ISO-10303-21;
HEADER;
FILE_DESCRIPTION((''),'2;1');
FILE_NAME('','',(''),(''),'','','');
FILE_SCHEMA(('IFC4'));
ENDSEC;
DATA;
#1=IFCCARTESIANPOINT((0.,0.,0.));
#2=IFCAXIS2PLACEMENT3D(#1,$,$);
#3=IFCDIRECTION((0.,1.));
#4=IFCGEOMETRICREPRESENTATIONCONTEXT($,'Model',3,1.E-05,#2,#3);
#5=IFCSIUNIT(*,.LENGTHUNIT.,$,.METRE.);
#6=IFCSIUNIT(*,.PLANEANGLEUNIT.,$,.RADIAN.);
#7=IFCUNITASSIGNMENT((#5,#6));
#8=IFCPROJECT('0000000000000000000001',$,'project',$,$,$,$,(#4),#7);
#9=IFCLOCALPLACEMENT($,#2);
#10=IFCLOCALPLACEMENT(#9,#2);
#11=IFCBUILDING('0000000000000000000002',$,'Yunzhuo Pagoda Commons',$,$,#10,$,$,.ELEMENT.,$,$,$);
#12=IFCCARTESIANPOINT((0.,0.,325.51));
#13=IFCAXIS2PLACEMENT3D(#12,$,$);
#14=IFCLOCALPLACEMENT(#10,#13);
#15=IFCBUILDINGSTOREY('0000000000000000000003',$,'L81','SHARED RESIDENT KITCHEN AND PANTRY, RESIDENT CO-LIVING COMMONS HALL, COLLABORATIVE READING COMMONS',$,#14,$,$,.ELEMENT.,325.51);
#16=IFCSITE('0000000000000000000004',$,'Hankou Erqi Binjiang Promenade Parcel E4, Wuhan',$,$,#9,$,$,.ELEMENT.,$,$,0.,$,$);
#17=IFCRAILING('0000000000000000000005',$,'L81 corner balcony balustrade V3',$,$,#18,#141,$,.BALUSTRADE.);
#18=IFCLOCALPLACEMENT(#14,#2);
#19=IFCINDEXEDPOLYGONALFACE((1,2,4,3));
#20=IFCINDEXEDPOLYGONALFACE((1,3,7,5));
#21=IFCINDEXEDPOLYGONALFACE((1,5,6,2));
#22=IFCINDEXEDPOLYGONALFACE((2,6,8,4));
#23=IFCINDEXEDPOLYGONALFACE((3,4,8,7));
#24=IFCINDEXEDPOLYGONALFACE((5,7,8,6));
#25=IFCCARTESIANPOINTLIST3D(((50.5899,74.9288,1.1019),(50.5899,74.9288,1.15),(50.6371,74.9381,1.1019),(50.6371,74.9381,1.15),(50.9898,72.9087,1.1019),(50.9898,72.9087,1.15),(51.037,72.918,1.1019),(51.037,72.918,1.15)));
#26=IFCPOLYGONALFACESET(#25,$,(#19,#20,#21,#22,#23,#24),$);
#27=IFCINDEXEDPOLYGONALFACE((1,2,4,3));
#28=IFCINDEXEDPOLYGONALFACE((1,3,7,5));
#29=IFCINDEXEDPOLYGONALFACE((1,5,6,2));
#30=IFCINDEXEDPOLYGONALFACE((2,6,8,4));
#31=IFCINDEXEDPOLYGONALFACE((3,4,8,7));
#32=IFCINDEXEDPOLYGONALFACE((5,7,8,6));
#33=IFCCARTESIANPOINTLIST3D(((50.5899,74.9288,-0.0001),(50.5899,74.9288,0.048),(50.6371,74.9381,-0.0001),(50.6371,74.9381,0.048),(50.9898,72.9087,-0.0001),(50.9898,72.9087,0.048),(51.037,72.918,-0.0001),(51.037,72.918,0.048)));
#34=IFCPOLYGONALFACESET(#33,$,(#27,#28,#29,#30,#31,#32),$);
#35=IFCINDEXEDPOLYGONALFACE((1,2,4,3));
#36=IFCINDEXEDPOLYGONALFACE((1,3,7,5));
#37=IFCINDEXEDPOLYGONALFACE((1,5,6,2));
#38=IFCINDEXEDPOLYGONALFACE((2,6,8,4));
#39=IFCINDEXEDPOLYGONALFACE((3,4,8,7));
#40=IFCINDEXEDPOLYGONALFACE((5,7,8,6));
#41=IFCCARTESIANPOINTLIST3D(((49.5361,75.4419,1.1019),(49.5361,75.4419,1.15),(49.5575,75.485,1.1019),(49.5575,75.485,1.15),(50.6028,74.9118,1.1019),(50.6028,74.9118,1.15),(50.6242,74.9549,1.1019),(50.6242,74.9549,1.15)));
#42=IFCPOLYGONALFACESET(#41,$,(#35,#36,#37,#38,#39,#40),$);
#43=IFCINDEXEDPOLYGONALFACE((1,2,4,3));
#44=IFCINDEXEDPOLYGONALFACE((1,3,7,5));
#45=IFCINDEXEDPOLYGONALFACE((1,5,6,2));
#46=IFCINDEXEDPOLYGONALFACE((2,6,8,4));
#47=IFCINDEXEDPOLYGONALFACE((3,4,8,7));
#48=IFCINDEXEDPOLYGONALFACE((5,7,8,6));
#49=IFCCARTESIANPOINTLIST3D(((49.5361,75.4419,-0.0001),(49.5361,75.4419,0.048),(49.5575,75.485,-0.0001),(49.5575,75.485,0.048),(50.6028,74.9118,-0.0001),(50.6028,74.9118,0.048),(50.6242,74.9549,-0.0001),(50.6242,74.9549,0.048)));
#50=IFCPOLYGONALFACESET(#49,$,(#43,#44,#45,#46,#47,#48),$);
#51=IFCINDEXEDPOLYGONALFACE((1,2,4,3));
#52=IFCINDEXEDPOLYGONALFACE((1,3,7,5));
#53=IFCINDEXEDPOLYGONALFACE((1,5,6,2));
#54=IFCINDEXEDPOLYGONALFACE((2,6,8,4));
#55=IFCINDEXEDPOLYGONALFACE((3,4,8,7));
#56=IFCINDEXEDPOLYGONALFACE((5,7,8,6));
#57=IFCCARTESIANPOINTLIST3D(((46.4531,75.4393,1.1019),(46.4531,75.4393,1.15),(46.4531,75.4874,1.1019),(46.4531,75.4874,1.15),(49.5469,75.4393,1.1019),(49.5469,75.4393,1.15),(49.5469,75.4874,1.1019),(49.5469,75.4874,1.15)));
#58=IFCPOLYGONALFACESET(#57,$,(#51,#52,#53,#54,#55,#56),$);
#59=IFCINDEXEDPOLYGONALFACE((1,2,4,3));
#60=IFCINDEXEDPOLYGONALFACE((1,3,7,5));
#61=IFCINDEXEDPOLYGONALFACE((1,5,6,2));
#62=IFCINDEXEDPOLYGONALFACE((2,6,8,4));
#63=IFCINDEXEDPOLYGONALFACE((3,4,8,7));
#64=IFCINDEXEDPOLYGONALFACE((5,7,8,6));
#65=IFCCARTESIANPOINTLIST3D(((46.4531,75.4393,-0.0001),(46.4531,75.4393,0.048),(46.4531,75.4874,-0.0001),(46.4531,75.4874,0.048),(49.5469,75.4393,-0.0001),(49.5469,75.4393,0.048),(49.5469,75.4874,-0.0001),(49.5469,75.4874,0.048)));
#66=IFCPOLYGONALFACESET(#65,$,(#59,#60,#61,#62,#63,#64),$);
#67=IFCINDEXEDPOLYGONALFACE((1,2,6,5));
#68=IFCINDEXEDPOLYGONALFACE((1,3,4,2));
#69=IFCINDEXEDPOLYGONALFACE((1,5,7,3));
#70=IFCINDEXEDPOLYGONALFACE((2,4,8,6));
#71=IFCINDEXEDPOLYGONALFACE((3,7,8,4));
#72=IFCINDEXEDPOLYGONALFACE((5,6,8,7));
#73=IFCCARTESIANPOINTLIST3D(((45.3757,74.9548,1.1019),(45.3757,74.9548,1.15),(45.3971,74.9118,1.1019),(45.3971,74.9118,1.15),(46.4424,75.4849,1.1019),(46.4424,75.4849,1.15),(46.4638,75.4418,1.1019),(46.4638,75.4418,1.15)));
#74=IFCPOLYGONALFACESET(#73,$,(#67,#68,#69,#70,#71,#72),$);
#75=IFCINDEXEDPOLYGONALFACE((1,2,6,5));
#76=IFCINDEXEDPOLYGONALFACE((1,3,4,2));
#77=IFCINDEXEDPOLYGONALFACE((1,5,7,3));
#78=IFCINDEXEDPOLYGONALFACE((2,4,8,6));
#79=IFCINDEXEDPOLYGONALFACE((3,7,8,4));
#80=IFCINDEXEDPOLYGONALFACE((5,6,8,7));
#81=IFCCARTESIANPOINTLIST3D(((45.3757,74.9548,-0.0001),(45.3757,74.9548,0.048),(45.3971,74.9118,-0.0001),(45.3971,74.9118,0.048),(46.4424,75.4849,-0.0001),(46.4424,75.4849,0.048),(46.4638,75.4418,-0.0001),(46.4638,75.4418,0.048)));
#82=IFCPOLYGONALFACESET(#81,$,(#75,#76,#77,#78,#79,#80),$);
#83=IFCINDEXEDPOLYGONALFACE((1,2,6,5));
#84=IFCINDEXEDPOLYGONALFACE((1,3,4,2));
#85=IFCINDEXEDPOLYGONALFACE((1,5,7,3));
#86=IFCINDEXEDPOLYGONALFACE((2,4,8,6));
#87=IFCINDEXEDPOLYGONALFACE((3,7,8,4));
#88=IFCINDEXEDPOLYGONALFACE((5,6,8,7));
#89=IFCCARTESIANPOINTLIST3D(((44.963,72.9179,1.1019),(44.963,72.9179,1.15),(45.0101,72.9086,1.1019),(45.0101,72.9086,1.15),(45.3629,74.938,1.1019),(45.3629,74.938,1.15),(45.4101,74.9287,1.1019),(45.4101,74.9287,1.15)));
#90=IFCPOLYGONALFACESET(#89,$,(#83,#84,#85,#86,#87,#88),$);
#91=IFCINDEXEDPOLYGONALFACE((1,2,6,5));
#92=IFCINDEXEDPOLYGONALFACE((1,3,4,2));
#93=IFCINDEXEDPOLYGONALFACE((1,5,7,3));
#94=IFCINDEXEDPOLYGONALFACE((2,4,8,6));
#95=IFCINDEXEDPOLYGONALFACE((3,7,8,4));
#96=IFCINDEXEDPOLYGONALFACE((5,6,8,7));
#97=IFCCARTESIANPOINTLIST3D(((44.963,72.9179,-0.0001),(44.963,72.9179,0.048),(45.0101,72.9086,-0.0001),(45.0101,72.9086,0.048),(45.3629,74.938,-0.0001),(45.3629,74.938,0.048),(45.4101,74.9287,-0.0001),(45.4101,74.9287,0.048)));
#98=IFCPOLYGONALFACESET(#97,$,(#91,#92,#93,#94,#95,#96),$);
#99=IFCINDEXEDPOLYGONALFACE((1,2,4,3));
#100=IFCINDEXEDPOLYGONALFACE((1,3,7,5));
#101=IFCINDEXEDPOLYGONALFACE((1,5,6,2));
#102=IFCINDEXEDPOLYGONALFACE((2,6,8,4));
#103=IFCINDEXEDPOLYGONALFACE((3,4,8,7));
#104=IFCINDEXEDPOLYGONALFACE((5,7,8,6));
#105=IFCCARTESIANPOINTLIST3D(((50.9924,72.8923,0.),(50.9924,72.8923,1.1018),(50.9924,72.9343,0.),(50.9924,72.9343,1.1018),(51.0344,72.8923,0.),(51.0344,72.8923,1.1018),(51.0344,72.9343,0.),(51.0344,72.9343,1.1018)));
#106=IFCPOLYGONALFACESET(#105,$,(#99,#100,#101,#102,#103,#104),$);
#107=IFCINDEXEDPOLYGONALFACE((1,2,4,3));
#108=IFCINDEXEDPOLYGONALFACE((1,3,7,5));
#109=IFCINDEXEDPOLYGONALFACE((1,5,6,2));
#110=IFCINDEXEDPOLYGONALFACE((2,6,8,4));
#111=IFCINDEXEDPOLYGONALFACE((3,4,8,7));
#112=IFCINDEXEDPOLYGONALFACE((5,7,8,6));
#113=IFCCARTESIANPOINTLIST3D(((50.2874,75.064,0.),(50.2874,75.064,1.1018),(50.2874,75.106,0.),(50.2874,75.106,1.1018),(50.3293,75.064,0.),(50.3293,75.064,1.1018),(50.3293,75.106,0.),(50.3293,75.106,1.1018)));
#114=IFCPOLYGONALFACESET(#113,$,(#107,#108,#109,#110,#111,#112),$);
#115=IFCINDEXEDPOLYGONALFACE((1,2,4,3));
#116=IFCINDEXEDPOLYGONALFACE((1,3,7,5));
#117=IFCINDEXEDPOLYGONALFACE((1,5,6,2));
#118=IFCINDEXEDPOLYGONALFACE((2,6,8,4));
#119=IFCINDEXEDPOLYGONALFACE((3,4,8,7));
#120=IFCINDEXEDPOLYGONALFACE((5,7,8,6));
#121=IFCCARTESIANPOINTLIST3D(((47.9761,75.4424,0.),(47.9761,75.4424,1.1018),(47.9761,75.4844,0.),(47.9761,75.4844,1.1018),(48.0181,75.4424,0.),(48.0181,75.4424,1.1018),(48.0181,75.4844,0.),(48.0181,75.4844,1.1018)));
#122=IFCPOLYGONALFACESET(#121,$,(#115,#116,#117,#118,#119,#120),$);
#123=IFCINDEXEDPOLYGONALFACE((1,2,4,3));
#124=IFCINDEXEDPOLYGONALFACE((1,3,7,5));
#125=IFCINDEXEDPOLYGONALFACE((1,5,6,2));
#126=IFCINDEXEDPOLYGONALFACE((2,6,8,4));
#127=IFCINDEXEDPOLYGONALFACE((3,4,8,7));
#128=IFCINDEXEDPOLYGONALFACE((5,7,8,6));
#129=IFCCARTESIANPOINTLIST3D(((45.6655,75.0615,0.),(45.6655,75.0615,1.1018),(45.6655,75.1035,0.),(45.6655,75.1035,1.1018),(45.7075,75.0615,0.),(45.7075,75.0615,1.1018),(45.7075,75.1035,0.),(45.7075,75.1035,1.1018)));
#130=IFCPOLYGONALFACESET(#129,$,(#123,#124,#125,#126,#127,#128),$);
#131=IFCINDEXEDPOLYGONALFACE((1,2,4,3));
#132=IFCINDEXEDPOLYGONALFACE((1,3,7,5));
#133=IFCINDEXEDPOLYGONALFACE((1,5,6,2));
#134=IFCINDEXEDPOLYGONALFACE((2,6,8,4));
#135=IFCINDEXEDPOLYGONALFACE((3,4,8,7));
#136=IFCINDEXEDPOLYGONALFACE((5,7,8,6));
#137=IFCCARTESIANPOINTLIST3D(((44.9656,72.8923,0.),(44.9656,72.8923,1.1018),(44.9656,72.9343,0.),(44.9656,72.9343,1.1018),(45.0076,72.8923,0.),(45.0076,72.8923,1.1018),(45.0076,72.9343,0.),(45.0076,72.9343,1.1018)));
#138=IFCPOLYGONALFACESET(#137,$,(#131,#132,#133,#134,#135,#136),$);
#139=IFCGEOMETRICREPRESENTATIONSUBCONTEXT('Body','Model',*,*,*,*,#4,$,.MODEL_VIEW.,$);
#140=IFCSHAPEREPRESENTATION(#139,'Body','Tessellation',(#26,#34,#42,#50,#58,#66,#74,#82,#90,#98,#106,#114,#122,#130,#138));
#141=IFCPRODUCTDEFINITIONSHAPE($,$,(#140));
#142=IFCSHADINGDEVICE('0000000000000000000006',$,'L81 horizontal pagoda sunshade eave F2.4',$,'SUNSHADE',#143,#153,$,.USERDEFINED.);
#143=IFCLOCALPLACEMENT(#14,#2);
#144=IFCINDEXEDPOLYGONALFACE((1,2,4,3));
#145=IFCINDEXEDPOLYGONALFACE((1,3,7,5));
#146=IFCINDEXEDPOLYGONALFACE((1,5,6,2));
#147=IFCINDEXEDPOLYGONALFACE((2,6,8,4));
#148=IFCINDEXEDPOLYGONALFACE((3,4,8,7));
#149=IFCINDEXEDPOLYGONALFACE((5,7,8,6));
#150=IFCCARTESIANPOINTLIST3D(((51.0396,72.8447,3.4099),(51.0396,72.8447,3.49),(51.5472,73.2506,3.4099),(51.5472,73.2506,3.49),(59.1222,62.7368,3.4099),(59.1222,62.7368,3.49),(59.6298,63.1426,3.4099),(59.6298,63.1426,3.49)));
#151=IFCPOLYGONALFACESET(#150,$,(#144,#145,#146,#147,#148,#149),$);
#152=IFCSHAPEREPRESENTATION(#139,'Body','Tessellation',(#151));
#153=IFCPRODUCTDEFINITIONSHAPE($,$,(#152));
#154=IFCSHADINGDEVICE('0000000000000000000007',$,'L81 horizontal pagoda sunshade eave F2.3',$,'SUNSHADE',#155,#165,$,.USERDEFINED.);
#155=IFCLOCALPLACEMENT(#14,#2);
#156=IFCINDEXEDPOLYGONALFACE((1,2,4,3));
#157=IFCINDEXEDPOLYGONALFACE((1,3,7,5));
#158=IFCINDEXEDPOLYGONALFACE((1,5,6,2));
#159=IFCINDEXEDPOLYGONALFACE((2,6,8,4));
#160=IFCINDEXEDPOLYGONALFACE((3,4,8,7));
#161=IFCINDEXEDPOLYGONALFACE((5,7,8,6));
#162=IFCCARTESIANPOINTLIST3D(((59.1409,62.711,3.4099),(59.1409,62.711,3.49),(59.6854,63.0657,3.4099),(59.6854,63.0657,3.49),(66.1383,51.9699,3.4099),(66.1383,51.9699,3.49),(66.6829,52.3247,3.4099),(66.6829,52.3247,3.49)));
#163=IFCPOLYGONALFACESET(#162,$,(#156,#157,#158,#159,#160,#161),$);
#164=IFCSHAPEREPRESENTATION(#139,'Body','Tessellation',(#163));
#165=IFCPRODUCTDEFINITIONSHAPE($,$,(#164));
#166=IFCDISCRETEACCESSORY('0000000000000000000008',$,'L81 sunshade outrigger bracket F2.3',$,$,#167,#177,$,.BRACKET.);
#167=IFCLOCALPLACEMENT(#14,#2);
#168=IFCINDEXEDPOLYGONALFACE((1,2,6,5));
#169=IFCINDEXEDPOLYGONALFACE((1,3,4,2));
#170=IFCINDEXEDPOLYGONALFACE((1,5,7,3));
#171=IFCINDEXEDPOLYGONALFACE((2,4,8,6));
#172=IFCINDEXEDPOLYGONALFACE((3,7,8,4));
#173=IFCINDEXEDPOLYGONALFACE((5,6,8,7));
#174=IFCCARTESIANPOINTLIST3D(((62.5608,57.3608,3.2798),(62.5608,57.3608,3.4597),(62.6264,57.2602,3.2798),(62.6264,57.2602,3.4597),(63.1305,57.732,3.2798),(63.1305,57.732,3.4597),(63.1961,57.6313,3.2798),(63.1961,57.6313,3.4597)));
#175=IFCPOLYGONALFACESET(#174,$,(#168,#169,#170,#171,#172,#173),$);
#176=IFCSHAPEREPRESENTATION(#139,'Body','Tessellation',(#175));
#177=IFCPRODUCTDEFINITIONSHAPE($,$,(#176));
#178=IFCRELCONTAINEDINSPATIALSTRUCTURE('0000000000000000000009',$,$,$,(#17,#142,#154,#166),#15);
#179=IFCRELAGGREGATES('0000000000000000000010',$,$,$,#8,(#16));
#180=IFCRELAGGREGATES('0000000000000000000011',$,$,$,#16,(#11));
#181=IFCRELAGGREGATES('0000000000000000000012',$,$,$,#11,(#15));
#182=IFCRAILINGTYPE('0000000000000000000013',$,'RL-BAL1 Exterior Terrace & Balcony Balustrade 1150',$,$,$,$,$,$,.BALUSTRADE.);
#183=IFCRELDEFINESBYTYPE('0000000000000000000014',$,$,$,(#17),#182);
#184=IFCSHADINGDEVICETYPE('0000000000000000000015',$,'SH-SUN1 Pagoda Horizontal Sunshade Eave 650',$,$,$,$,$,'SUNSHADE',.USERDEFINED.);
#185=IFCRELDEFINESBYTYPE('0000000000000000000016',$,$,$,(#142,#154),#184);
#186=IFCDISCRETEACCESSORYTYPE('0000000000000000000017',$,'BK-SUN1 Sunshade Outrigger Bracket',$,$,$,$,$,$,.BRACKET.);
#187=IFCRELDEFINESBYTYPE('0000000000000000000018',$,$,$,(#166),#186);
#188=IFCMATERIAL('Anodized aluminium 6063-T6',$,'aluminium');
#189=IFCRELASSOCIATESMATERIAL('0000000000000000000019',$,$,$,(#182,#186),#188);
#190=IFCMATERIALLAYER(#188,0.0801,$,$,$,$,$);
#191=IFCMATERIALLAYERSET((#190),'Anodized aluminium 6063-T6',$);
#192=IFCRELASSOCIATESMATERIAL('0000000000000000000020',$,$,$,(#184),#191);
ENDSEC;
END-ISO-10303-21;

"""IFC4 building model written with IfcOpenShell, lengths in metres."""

from ifc_helpers import new_model, si_unit, direction, frame, origin, origin_2d, place, context, subcontext, project, spatial, rectangle, extrude, source, transform, mapped, material, layer, layer_set, type_object, element, save


model = new_model("IFC4")

# Units and contexts
model_context = context("Model", 3, precision=1e-05, world=origin(), true_north=direction((0.0, 1.0)))
body_context = subcontext(model_context, "Body", "Model", "MODEL_VIEW")
ifc_project = project(units=[si_unit("LENGTHUNIT", "METRE"), si_unit("PLANEANGLEUNIT", "RADIAN")], contexts=[model_context])

# Site, building, storey
site_placement = place(None, origin())
site = spatial("IfcSite", under=ifc_project, at=site_placement, Name="Hankou Erqi Binjiang Promenade Parcel E4, Wuhan", CompositionType="ELEMENT", RefElevation=0.0)
building_placement = place(site_placement, origin())
building = spatial("IfcBuilding", under=site, at=building_placement, Name="Yunzhuo Pagoda Commons", CompositionType="ELEMENT")
storey_placement = place(building_placement, frame((0.0, 0.0, 325.51)))
storey = spatial("IfcBuildingStorey", under=building, at=storey_placement, Name="L81", Description="SHARED RESIDENT KITCHEN AND PANTRY, RESIDENT CO-LIVING COMMONS HALL, COLLABORATIVE READING COMMONS", CompositionType="ELEMENT", Elevation=325.51)

# Shared definitions
ifc_material_1 = material(Name="Anodized aluminium 6063-T6", Category="aluminium")

# Railing
railing_type = type_object("IfcRailingType", Name="RL-BAL1 Exterior Terrace & Balcony Balustrade 1150", PredefinedType="BALUSTRADE", material=ifc_material_1)
railing_placement = place(storey_placement, frame((51.0134, 72.9133, 0.0)))
element("IfcRailing", 1, at=railing_placement, inside=storey, type_object=railing_type, Name="L81 corner balcony balustrade V3", PredefinedType="BALUSTRADE", context=body_context, shape_type="SweptSolid", body=[
    extrude(rectangle(XDim=0.0481, YDim=0.0481, at=origin_2d()), frame((0.0, 0.0, 1.126), z_axis=(-0.194201, 0.980962, 0.0), x_axis=(-0.980962, -0.194201, 0.0)), (0.0, 0.0, 1.0), 2.0593),
    extrude(rectangle(XDim=0.0481, YDim=0.0481, at=origin_2d()), frame((0.0, 0.0, 0.0239), z_axis=(-0.194201, 0.980962, 0.0), x_axis=(-0.980962, -0.194201, 0.0)), (0.0, 0.0, 1.0), 2.0593),
    extrude(rectangle(XDim=0.0481, YDim=0.0481, at=origin_2d()), frame((-0.3999, 2.02, 1.126), z_axis=(-0.895531, 0.444999, 0.0), x_axis=(-0.444999, -0.895531, 0.0)), (0.0, 0.0, 1.0), 1.1912),
    extrude(rectangle(XDim=0.0481, YDim=0.0481, at=origin_2d()), frame((-0.3999, 2.02, 0.0239), z_axis=(-0.895531, 0.444999, 0.0), x_axis=(-0.444999, -0.895531, 0.0)), (0.0, 0.0, 1.0), 1.1912),
    extrude(rectangle(XDim=0.0481, YDim=0.0481, at=origin_2d()), frame((-1.4666, 2.55, 1.126), z_axis=(-1.0, 0.0, 0.0), x_axis=(0.0, -1.0, 0.0)), (0.0, 0.0, 1.0), 3.0938),
    extrude(rectangle(XDim=0.0481, YDim=0.0481, at=origin_2d()), frame((-1.4666, 2.55, 0.0239), z_axis=(-1.0, 0.0, 0.0), x_axis=(0.0, -1.0, 0.0)), (0.0, 0.0, 1.0), 3.0938),
    extrude(rectangle(XDim=0.0481, YDim=0.0481, at=origin_2d()), frame((-4.5603, 2.55, 1.126), z_axis=(-0.895531, -0.444999, 0.0), x_axis=(0.444999, -0.895531, 0.0)), (0.0, 0.0, 1.0), 1.1912),
    extrude(rectangle(XDim=0.0481, YDim=0.0481, at=origin_2d()), frame((-4.5603, 2.55, 0.0239), z_axis=(-0.895531, -0.444999, 0.0), x_axis=(0.444999, -0.895531, 0.0)), (0.0, 0.0, 1.0), 1.1912),
    extrude(rectangle(XDim=0.0481, YDim=0.0481, at=origin_2d()), frame((-5.627, 2.02, 1.126), z_axis=(-0.194201, -0.980962, 0.0), x_axis=(0.980962, -0.194201, 0.0)), (0.0, 0.0, 1.0), 2.0593),
    extrude(rectangle(XDim=0.0481, YDim=0.0481, at=origin_2d()), frame((-5.627, 2.02, 0.0239), z_axis=(-0.194201, -0.980962, 0.0), x_axis=(0.980962, -0.194201, 0.0)), (0.0, 0.0, 1.0), 2.0593),
    extrude(rectangle(XDim=0.042, YDim=0.042, at=origin_2d()), origin(), (0.0, 0.0, 1.0), 1.1018),
    extrude(rectangle(XDim=0.042, YDim=0.042, at=origin_2d()), frame((-0.7051, 2.1716, 0.0)), (0.0, 0.0, 1.0), 1.1018),
    extrude(rectangle(XDim=0.042, YDim=0.042, at=origin_2d()), frame((-3.0164, 2.55, 0.0)), (0.0, 0.0, 1.0), 1.1018),
    extrude(rectangle(XDim=0.042, YDim=0.042, at=origin_2d()), frame((-5.3269, 2.1692, 0.0)), (0.0, 0.0, 1.0), 1.1018),
    extrude(rectangle(XDim=0.042, YDim=0.042, at=origin_2d()), frame((-6.0269, 0.0, 0.0)), (0.0, 0.0, 1.0), 1.1018),
])

# Shading devices
ifc_layer_1 = layer(ifc_material_1, 0.0801)
ifc_layer_set_1 = layer_set([ifc_layer_1], Name="Anodized aluminium 6063-T6")
shading_device_type = type_object("IfcShadingDeviceType", Name="SH-SUN1 Pagoda Horizontal Sunshade Eave 650", ElementType="SUNSHADE", PredefinedType="USERDEFINED", material=ifc_layer_set_1)
shared_shape_1 = source(origin(), body_context, "Body", "SweptSolid", [
    extrude(rectangle(XDim=12.9421, YDim=0.6499, at=origin_2d()), origin(), (0.0, 0.0, 1.0), 0.0801),
])
shading_device_1_placement = place(storey_placement, frame((55.3347, 67.9937, 3.4099), z_axis=(0.0, 0.0, 1.0), x_axis=(-0.62452, 0.781008, 0.0)))
element("IfcShadingDevice", 2, at=shading_device_1_placement, inside=storey, type_object=shading_device_type, Name="L81 horizontal pagoda sunshade eave F2.4", ObjectType="SUNSHADE", PredefinedType="USERDEFINED", context=body_context, shape_type="MappedRepresentation", body=[
    mapped(shared_shape_1, transform((0.0, 0.0, 0.0), scale=1.0)),
])
shared_shape_2 = source(origin(), body_context, "Body", "SweptSolid", [
    extrude(rectangle(XDim=12.8193, YDim=0.6499, at=origin_2d()), origin(), (0.0, 0.0, 1.0), 0.0801),
])
shading_device_2_placement = place(storey_placement, frame((62.9119, 57.5178, 3.4099), z_axis=(0.0, 0.0, 1.0), x_axis=(-0.545853, 0.837881, 0.0)))
element("IfcShadingDevice", 3, at=shading_device_2_placement, inside=storey, type_object=shading_device_type, Name="L81 horizontal pagoda sunshade eave F2.3", ObjectType="SUNSHADE", PredefinedType="USERDEFINED", context=body_context, shape_type="MappedRepresentation", body=[
    mapped(shared_shape_2, transform((0.0, 0.0, 0.0), scale=1.0)),
])

# Discrete accessory
discrete_accessory_type = type_object("IfcDiscreteAccessoryType", Name="BK-SUN1 Sunshade Outrigger Bracket", PredefinedType="BRACKET", material=ifc_material_1)
shared_shape_3 = source(origin(), body_context, "Body", "SweptSolid", [
    extrude(rectangle(XDim=0.1201, YDim=0.6799, at=origin_2d()), origin(), (0.0, 0.0, 1.0), 0.1799),
])
discrete_accessory_placement = place(storey_placement, frame((62.8784, 57.4961, 3.2798), z_axis=(0.0, 0.0, 1.0), x_axis=(-0.545853, 0.837881, 0.0)))
element("IfcDiscreteAccessory", 4, at=discrete_accessory_placement, inside=storey, type_object=discrete_accessory_type, Name="L81 sunshade outrigger bracket F2.3", PredefinedType="BRACKET", context=body_context, shape_type="MappedRepresentation", body=[
    mapped(shared_shape_3, transform((0.0, 0.0, 0.0), scale=1.0)),
])

save(model, "model.ifc")
